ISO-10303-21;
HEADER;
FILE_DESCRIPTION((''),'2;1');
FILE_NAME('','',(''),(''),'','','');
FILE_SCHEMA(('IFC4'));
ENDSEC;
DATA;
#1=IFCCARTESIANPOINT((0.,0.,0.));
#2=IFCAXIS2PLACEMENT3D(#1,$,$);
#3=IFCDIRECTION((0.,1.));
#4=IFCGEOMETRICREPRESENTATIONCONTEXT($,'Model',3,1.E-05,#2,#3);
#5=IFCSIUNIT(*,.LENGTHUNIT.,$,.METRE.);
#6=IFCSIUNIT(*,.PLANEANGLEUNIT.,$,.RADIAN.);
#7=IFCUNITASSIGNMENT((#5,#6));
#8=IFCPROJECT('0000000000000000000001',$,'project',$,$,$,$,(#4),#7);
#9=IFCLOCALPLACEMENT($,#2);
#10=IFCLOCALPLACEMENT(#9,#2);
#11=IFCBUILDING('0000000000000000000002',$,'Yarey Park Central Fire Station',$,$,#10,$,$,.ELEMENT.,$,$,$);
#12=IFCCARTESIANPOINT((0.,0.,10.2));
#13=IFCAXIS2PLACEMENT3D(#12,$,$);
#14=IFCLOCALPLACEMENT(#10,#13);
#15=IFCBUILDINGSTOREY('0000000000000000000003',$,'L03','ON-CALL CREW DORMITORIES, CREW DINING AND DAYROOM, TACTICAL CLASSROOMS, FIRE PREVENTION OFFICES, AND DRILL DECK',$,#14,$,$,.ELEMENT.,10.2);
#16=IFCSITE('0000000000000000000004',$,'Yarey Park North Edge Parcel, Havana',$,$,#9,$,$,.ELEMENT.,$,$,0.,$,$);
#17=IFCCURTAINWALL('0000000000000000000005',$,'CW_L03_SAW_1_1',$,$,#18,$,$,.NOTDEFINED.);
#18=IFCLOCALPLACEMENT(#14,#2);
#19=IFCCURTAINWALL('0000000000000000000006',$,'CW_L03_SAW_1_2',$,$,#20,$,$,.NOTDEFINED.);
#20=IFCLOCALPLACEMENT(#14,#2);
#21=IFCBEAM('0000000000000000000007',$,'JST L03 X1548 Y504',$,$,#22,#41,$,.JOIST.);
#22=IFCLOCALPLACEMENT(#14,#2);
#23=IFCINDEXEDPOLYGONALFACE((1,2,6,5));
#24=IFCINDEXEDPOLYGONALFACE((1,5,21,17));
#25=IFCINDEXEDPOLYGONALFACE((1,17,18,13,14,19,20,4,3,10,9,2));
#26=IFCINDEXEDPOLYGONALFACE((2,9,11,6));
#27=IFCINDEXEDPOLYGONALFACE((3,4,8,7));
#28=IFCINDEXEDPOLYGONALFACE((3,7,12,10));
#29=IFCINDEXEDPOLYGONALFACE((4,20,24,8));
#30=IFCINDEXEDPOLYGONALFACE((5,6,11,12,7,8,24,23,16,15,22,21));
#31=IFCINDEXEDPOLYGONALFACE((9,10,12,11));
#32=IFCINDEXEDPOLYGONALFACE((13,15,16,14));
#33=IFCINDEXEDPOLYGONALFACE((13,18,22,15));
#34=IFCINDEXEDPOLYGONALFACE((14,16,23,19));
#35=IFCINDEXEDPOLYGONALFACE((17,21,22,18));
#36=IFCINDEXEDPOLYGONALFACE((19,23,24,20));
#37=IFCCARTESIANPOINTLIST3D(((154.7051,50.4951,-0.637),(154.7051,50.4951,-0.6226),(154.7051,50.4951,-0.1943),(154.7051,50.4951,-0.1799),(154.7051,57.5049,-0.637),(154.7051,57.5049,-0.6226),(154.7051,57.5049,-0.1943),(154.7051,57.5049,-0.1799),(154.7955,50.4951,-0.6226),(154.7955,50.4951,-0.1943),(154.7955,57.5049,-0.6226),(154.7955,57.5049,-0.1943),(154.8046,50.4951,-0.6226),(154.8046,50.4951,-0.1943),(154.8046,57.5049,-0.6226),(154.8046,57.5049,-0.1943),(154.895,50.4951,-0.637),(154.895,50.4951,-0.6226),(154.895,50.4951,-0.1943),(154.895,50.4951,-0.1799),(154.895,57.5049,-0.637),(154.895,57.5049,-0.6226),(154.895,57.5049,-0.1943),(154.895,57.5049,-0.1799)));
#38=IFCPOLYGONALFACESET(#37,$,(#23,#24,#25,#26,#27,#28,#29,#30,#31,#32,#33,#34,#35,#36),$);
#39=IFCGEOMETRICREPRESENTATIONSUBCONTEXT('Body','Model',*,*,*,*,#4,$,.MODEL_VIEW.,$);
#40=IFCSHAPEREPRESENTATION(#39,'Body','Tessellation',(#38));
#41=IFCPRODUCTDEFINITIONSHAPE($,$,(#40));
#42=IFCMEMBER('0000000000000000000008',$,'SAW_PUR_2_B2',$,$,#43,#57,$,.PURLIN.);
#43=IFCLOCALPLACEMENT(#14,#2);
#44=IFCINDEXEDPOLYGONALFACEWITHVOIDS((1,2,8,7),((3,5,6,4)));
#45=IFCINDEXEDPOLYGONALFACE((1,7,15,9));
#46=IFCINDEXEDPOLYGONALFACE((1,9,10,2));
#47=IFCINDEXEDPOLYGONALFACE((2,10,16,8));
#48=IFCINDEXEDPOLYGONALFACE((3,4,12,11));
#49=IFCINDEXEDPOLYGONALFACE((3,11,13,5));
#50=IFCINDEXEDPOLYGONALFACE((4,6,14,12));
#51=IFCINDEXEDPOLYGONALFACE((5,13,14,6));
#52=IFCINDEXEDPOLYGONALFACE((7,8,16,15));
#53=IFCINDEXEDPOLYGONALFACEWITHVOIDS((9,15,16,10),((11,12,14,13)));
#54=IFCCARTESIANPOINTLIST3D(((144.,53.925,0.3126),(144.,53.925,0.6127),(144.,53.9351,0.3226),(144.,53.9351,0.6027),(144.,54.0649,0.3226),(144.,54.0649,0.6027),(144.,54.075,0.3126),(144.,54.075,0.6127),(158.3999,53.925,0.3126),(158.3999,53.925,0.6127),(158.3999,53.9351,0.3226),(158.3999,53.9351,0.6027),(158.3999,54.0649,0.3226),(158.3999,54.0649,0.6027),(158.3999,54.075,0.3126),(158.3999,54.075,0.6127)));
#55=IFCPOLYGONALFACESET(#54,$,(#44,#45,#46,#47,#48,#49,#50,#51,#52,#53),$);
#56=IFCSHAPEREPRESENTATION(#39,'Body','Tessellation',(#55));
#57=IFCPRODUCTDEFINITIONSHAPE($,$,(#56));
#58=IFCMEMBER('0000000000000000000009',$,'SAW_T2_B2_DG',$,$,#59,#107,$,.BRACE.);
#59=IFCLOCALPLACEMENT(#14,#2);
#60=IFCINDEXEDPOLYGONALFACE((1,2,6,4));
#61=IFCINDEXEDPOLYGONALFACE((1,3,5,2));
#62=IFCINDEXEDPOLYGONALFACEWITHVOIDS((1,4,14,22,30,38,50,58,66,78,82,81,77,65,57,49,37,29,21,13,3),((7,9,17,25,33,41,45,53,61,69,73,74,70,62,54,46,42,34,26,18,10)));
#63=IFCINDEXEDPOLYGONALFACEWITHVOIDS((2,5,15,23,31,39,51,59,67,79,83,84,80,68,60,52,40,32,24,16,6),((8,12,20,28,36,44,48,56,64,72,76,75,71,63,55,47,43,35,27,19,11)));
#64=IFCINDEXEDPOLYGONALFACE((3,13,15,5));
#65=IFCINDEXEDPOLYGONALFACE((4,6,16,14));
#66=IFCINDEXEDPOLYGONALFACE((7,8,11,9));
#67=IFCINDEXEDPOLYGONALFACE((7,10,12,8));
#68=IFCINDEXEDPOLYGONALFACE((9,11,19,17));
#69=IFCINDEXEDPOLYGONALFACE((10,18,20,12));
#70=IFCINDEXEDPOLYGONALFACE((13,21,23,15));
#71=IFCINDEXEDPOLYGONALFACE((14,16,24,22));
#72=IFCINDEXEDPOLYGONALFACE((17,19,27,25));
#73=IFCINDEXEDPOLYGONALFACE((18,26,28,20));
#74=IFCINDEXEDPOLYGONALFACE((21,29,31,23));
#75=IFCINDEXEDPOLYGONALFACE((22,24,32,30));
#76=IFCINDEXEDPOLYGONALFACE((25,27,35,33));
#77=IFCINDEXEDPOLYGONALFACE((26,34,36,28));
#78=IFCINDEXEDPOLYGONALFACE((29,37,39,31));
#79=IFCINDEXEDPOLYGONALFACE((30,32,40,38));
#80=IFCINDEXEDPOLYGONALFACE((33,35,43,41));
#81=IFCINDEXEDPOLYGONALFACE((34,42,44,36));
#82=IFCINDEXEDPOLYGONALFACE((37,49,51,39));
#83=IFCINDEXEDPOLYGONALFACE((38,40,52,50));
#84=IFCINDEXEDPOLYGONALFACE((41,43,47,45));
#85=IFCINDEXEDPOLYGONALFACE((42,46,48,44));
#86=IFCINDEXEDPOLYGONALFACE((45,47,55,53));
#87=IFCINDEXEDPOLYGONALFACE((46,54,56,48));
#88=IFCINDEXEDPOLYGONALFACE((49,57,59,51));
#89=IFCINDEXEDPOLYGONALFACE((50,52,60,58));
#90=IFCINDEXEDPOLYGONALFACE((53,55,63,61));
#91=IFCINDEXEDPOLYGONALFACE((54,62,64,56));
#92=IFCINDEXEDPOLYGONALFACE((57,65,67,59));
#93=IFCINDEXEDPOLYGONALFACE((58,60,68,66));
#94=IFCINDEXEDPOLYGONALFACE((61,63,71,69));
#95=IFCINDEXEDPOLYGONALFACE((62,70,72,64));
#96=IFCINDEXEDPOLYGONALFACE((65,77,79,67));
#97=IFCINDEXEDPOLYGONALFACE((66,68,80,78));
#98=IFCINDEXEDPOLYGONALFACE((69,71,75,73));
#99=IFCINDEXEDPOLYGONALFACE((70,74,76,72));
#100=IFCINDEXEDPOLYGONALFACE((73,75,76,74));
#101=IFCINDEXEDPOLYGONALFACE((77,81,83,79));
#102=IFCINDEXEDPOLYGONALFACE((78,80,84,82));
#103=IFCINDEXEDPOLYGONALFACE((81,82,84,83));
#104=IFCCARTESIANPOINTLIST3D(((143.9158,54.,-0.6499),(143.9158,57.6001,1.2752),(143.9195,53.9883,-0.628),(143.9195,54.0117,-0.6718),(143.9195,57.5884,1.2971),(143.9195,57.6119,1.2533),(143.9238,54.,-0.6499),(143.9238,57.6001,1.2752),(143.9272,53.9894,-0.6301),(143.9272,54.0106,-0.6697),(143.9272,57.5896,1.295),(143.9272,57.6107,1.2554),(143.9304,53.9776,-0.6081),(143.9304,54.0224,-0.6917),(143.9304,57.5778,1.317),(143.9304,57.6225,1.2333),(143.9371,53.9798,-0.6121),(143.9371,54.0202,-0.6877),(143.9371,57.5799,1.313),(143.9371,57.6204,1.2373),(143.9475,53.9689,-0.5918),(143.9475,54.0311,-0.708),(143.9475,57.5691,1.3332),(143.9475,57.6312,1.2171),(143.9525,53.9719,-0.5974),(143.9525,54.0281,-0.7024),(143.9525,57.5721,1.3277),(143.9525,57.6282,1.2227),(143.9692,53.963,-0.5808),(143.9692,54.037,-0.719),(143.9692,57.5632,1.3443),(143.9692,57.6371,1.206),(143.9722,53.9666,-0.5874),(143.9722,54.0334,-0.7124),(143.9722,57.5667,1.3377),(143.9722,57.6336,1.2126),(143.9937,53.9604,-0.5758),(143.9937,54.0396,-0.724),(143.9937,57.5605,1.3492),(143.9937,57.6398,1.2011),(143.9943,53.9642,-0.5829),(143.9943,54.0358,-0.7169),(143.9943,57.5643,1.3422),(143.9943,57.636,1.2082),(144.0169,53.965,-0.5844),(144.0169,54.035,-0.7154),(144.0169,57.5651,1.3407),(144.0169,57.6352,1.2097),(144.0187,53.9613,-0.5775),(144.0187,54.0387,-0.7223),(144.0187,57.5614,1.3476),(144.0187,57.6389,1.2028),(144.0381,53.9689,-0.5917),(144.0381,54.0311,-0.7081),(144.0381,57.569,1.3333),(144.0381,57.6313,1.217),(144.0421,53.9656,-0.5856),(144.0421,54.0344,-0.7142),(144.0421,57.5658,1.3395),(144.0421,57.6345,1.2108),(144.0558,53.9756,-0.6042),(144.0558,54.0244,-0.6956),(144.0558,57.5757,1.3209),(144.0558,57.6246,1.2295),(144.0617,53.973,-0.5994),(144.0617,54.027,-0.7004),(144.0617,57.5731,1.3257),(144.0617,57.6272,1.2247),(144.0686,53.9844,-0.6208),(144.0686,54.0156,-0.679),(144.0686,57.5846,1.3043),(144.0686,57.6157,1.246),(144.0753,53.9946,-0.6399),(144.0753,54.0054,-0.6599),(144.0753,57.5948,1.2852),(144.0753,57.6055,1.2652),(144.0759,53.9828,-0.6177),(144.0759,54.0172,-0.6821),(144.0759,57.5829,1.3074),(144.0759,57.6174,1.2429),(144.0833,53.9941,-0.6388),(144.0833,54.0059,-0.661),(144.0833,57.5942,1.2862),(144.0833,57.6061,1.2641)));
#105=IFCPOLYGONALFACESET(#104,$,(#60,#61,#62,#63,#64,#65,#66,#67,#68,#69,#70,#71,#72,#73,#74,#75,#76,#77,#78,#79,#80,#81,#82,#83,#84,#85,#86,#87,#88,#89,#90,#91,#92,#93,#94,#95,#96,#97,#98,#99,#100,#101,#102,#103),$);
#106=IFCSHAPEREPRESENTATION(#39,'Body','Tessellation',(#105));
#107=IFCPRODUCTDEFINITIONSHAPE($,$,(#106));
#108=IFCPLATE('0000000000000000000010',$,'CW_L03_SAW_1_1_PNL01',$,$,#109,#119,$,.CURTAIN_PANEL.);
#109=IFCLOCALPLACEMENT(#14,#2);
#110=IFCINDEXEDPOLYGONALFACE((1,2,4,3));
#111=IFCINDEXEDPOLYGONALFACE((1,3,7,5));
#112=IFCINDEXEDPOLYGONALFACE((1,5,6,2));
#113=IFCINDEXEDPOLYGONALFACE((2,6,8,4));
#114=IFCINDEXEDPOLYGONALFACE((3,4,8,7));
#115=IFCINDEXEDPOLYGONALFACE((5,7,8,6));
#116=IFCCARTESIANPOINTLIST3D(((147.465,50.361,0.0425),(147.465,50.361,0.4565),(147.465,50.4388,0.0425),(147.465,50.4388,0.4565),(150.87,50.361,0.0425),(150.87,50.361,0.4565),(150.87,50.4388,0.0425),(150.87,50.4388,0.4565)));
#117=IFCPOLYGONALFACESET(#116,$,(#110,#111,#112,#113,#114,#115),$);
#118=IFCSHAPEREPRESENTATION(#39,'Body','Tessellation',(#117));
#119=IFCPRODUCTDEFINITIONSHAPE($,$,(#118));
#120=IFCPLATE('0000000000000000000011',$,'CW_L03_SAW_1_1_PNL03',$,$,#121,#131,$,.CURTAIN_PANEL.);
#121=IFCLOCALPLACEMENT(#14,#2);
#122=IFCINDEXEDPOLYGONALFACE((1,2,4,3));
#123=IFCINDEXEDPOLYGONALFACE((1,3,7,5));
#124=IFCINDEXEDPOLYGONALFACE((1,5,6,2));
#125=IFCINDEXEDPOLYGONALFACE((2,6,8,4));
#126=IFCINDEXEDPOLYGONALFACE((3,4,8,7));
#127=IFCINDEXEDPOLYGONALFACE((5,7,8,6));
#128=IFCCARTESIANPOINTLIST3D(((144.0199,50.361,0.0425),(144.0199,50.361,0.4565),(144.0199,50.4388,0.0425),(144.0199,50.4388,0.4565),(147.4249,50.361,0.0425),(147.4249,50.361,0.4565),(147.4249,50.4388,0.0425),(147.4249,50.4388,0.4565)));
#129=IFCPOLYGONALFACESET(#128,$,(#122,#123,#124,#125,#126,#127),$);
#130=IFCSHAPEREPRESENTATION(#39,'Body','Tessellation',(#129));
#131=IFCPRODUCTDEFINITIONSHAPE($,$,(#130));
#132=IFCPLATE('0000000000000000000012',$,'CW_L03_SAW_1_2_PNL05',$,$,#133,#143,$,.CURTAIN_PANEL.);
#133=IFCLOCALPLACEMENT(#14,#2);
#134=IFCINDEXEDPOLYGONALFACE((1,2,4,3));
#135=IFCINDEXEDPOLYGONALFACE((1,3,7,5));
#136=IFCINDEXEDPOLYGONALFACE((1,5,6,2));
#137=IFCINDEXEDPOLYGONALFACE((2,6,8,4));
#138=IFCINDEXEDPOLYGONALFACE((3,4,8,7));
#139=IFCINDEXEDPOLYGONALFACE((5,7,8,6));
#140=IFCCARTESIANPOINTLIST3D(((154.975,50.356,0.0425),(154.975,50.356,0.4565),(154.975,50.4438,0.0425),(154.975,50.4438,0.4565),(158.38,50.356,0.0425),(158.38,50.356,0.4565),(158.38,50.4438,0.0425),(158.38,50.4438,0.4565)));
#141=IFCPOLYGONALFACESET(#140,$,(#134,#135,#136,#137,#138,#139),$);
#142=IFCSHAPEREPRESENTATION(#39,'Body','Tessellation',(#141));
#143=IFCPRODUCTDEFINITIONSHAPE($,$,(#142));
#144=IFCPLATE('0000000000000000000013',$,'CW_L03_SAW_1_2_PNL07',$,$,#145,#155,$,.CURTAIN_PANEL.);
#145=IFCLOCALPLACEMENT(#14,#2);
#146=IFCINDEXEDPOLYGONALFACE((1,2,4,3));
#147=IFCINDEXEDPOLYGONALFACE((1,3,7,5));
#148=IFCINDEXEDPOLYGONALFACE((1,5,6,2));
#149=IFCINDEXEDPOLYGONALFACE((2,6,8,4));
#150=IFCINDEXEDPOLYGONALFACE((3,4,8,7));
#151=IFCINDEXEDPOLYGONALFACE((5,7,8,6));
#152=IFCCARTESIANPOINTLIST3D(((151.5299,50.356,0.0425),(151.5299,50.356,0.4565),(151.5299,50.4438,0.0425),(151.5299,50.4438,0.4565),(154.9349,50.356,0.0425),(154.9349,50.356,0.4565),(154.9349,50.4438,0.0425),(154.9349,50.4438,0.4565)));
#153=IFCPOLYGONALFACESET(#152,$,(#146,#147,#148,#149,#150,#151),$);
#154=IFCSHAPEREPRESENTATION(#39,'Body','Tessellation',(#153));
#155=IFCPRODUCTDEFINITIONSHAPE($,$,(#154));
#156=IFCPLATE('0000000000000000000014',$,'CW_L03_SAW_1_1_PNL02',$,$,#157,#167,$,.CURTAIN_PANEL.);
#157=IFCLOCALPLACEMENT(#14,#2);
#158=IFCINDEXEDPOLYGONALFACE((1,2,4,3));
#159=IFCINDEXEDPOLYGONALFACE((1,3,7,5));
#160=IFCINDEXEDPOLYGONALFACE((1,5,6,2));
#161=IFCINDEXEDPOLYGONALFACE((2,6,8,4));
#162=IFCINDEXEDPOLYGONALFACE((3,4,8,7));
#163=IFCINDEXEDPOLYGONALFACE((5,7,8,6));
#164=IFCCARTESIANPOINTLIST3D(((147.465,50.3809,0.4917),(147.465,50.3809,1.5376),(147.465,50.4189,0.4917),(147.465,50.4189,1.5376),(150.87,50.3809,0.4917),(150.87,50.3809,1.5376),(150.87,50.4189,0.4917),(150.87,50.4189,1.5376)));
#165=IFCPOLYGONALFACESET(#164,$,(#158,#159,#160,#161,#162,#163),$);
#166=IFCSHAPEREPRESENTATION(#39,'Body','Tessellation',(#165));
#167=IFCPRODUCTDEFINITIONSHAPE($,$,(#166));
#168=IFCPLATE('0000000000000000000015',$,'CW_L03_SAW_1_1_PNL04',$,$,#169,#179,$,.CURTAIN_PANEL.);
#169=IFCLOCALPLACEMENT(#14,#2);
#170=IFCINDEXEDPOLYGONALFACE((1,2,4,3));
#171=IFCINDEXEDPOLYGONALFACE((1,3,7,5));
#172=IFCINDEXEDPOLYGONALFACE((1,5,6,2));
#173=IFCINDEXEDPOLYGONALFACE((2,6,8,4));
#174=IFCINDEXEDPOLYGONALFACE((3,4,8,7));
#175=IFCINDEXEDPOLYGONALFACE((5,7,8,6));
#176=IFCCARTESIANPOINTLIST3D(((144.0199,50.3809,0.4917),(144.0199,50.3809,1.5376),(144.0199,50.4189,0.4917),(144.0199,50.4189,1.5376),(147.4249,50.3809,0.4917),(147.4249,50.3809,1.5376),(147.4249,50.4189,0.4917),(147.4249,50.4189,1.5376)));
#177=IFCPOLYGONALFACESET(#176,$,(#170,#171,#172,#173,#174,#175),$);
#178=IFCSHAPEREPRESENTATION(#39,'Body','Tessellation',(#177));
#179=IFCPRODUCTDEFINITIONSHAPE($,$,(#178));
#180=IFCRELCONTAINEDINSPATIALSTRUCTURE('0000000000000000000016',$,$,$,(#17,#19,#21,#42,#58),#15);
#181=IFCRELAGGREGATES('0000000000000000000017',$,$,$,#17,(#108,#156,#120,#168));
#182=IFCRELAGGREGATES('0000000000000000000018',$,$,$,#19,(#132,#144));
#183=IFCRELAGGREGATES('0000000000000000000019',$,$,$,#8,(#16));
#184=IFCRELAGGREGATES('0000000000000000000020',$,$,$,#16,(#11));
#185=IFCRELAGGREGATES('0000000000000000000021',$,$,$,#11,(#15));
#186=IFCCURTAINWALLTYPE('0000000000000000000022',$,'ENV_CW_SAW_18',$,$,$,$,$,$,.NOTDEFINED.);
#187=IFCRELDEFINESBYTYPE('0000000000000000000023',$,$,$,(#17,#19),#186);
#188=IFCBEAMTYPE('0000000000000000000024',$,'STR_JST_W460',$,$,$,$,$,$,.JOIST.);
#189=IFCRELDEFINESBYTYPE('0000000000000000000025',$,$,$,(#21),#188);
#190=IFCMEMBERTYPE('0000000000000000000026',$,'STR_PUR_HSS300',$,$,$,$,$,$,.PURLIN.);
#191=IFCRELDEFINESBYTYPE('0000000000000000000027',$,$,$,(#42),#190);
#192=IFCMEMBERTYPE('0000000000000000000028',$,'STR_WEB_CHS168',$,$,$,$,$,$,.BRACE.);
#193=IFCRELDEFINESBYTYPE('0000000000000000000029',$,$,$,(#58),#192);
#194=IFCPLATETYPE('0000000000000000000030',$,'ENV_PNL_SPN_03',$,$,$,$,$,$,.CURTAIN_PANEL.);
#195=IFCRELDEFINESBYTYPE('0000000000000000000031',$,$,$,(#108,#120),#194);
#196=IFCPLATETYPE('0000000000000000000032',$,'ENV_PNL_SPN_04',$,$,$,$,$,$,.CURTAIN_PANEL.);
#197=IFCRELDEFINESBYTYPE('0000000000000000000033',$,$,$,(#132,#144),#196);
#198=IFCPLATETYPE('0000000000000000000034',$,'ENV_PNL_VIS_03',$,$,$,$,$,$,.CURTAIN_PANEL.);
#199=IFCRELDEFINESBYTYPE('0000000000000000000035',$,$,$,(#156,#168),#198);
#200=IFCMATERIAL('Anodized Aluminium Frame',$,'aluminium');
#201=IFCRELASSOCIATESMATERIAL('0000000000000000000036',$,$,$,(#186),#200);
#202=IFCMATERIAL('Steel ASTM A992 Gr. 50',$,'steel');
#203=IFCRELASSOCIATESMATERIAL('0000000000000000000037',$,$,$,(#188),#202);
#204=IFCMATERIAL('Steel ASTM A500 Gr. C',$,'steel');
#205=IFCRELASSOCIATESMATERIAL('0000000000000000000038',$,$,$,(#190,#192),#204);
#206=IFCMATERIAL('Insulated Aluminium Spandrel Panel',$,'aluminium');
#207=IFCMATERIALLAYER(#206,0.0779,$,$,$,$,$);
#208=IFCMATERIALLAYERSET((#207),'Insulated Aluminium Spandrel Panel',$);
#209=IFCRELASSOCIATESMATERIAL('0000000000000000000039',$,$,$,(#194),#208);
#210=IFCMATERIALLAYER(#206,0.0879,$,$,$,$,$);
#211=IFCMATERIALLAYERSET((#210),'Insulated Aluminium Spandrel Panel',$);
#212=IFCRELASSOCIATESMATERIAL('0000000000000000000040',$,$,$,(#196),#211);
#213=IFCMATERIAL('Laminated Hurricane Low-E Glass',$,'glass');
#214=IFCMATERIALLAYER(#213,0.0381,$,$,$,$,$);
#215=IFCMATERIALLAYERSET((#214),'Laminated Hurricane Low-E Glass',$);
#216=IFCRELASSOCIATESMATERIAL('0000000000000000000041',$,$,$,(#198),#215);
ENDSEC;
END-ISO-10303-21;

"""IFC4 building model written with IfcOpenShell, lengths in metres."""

from ifc_helpers import new_model, si_unit, direction, frame, origin, origin_2d, place, context, subcontext, project, spatial, rectangle, hollow_rectangle, hollow_circle, i_section, extrude, material, layer, layer_set, material_profile, profile_set, type_object, element, aggregate, save


model = new_model("IFC4")

# Units and contexts
model_context = context("Model", 3, precision=1e-05, world=origin(), true_north=direction((0.0, 1.0)))
body_context = subcontext(model_context, "Body", "Model", "MODEL_VIEW")
ifc_project = project(units=[si_unit("LENGTHUNIT", "METRE"), si_unit("PLANEANGLEUNIT", "RADIAN")], contexts=[model_context])

# Site, building, storey
site_placement = place(None, origin())
site = spatial("IfcSite", under=ifc_project, at=site_placement, Name="Yarey Park North Edge Parcel, Havana", CompositionType="ELEMENT", RefElevation=0.0)
building_placement = place(site_placement, origin())
building = spatial("IfcBuilding", under=site, at=building_placement, Name="Yarey Park Central Fire Station", CompositionType="ELEMENT")
storey_placement = place(building_placement, frame((0.0, 0.0, 10.2)))
storey = spatial("IfcBuildingStorey", under=building, at=storey_placement, Name="L03", Description="ON-CALL CREW DORMITORIES, CREW DINING AND DAYROOM, TACTICAL CLASSROOMS, FIRE PREVENTION OFFICES, AND DRILL DECK", CompositionType="ELEMENT", Elevation=10.2)

# Curtain walls
ifc_material_1 = material(Name="Anodized Aluminium Frame", Category="aluminium")
curtain_wall_type = type_object("IfcCurtainWallType", Name="ENV_CW_SAW_18", PredefinedType="NOTDEFINED", material=ifc_material_1)
curtain_wall_1_placement = place(storey_placement, origin())
curtain_wall_1 = element("IfcCurtainWall", 1, at=curtain_wall_1_placement, inside=storey, type_object=curtain_wall_type, Name="CW_L03_SAW_1_1", PredefinedType="NOTDEFINED")
curtain_wall_2_placement = place(storey_placement, origin())
curtain_wall_2 = element("IfcCurtainWall", 2, at=curtain_wall_2_placement, inside=storey, type_object=curtain_wall_type, Name="CW_L03_SAW_1_2", PredefinedType="NOTDEFINED")

# Shared definitions
ifc_material_2 = material(Name="Steel ASTM A992 Gr. 50", Category="steel")

# Shared definitions
ifc_material_3 = material(Name="Steel ASTM A500 Gr. C", Category="steel")

# Beam
ifc_material_profile_1 = material_profile(ifc_material_2, i_section(OverallWidth=0.1899, OverallDepth=0.457, WebThickness=0.009, FlangeThickness=0.0144, at=origin_2d()), Name="W460x74")
ifc_profile_set_1 = profile_set([ifc_material_profile_1], Name="Steel ASTM A992 Gr. 50")
beam_type_1 = type_object("IfcBeamType", Name="STR_JST_W460", PredefinedType="JOIST", material=ifc_profile_set_1)
beam_1_placement = place(storey_placement, frame((154.8, 50.4951, -0.4084), z_axis=(0.0, 1.0, 0.0), x_axis=(-1.0, 0.0, 0.0)))
element("IfcBeam", 3, at=beam_1_placement, inside=storey, type_object=beam_type_1, Name="JST L03 X1548 Y504", PredefinedType="JOIST", context=body_context, shape_type="SweptSolid", body=[
    extrude(i_section(OverallWidth=0.1899, OverallDepth=0.457, WebThickness=0.009, FlangeThickness=0.0144, at=origin_2d()), origin(), (0.0, 0.0, 1.0), 7.0098),
])

# Members
ifc_material_profile_2 = material_profile(ifc_material_3, hollow_rectangle(XDim=0.1499, YDim=0.3, WallThickness=0.01, at=origin_2d()), Name="HSS 300x150x10")
ifc_profile_set_2 = profile_set([ifc_material_profile_2], Name="Steel ASTM A500 Gr. C")
member_type_1 = type_object("IfcMemberType", Name="STR_PUR_HSS300", PredefinedType="PURLIN", material=ifc_profile_set_2)
member_1_placement = place(storey_placement, frame((144.0, 54.0, 0.4626), z_axis=(1.0, 0.0, 0.0), x_axis=(0.0, 1.0, 0.0)))
element("IfcMember", 4, at=member_1_placement, inside=storey, type_object=member_type_1, Name="SAW_PUR_2_B2", PredefinedType="PURLIN", context=body_context, shape_type="SweptSolid", body=[
    extrude(hollow_rectangle(XDim=0.1499, YDim=0.3, WallThickness=0.01, at=origin_2d()), origin(), (0.0, 0.0, 1.0), 14.3999),
])
ifc_material_profile_3 = material_profile(ifc_material_3, hollow_circle(Radius=0.0842, WallThickness=0.0081, at=origin_2d()), Name="CHS 168.3x8")
ifc_profile_set_3 = profile_set([ifc_material_profile_3], Name="Steel ASTM A500 Gr. C")
member_type_2 = type_object("IfcMemberType", Name="STR_WEB_CHS168", PredefinedType="BRACE", material=ifc_profile_set_3)
member_2_placement = place(storey_placement, frame((144.0, 54.0, -0.6499), z_axis=(0.0, 0.881844, 0.471541), x_axis=(-1.0, 0.0, 0.0)))
element("IfcMember", 5, at=member_2_placement, inside=storey, type_object=member_type_2, Name="SAW_T2_B2_DG", PredefinedType="BRACE", context=body_context, shape_type="SweptSolid", body=[
    extrude(hollow_circle(Radius=0.0842, WallThickness=0.0081, at=origin_2d()), origin(), (0.0, 0.0, 1.0), 4.0825),
])

# Plates
ifc_material_4 = material(Name="Insulated Aluminium Spandrel Panel", Category="aluminium")
ifc_layer_1 = layer(ifc_material_4, 0.0779)
ifc_layer_set_1 = layer_set([ifc_layer_1], Name="Insulated Aluminium Spandrel Panel")
plate_type_1 = type_object("IfcPlateType", Name="ENV_PNL_SPN_03", PredefinedType="CURTAIN_PANEL", material=ifc_layer_set_1)
plate_1_placement = place(storey_placement, frame((149.1675, 50.3999, 0.0425), z_axis=(0.0, 0.0, 1.0), x_axis=(-1.0, 0.0, 0.0)))
plate_1 = element("IfcPlate", 6, at=plate_1_placement, type_object=plate_type_1, Name="CW_L03_SAW_1_1_PNL01", PredefinedType="CURTAIN_PANEL", context=body_context, shape_type="SweptSolid", body=[
    extrude(rectangle(XDim=3.405, YDim=0.0779, at=origin_2d()), origin(), (0.0, 0.0, 1.0), 0.4141),
])
plate_2_placement = place(storey_placement, frame((145.7224, 50.3999, 0.0425), z_axis=(0.0, 0.0, 1.0), x_axis=(-1.0, 0.0, 0.0)))
plate_2 = element("IfcPlate", 7, at=plate_2_placement, type_object=plate_type_1, Name="CW_L03_SAW_1_1_PNL03", PredefinedType="CURTAIN_PANEL", context=body_context, shape_type="SweptSolid", body=[
    extrude(rectangle(XDim=3.405, YDim=0.0779, at=origin_2d()), origin(), (0.0, 0.0, 1.0), 0.4141),
])
ifc_layer_2 = layer(ifc_material_4, 0.0879)
ifc_layer_set_2 = layer_set([ifc_layer_2], Name="Insulated Aluminium Spandrel Panel")
plate_type_2 = type_object("IfcPlateType", Name="ENV_PNL_SPN_04", PredefinedType="CURTAIN_PANEL", material=ifc_layer_set_2)
plate_3_placement = place(storey_placement, frame((156.6775, 50.3999, 0.0425), z_axis=(0.0, 0.0, 1.0), x_axis=(-1.0, 0.0, 0.0)))
plate_3 = element("IfcPlate", 8, at=plate_3_placement, type_object=plate_type_2, Name="CW_L03_SAW_1_2_PNL05", PredefinedType="CURTAIN_PANEL", context=body_context, shape_type="SweptSolid", body=[
    extrude(rectangle(XDim=3.405, YDim=0.0879, at=origin_2d()), origin(), (0.0, 0.0, 1.0), 0.4141),
])
plate_4_placement = place(storey_placement, frame((153.2324, 50.3999, 0.0425), z_axis=(0.0, 0.0, 1.0), x_axis=(-1.0, 0.0, 0.0)))
plate_4 = element("IfcPlate", 9, at=plate_4_placement, type_object=plate_type_2, Name="CW_L03_SAW_1_2_PNL07", PredefinedType="CURTAIN_PANEL", context=body_context, shape_type="SweptSolid", body=[
    extrude(rectangle(XDim=3.405, YDim=0.0879, at=origin_2d()), origin(), (0.0, 0.0, 1.0), 0.4141),
])
ifc_material_5 = material(Name="Laminated Hurricane Low-E Glass", Category="glass")
ifc_layer_3 = layer(ifc_material_5, 0.0381)
ifc_layer_set_3 = layer_set([ifc_layer_3], Name="Laminated Hurricane Low-E Glass")
plate_type_3 = type_object("IfcPlateType", Name="ENV_PNL_VIS_03", PredefinedType="CURTAIN_PANEL", material=ifc_layer_set_3)
plate_5_placement = place(storey_placement, frame((149.1675, 50.3999, 0.4917), z_axis=(0.0, 0.0, 1.0), x_axis=(-1.0, 0.0, 0.0)))
plate_5 = element("IfcPlate", 10, at=plate_5_placement, type_object=plate_type_3, Name="CW_L03_SAW_1_1_PNL02", PredefinedType="CURTAIN_PANEL", context=body_context, shape_type="SweptSolid", body=[
    extrude(rectangle(XDim=3.405, YDim=0.0381, at=origin_2d()), origin(), (0.0, 0.0, 1.0), 1.0459),
])
plate_6_placement = place(storey_placement, frame((145.7224, 50.3999, 0.4917), z_axis=(0.0, 0.0, 1.0), x_axis=(-1.0, 0.0, 0.0)))
plate_6 = element("IfcPlate", 11, at=plate_6_placement, type_object=plate_type_3, Name="CW_L03_SAW_1_1_PNL04", PredefinedType="CURTAIN_PANEL", context=body_context, shape_type="SweptSolid", body=[
    extrude(rectangle(XDim=3.405, YDim=0.0381, at=origin_2d()), origin(), (0.0, 0.0, 1.0), 1.0459),
])
aggregate(curtain_wall_1, [plate_1, plate_5, plate_2, plate_6])
aggregate(curtain_wall_2, [plate_3, plate_4])

save(model, "model.ifc")
